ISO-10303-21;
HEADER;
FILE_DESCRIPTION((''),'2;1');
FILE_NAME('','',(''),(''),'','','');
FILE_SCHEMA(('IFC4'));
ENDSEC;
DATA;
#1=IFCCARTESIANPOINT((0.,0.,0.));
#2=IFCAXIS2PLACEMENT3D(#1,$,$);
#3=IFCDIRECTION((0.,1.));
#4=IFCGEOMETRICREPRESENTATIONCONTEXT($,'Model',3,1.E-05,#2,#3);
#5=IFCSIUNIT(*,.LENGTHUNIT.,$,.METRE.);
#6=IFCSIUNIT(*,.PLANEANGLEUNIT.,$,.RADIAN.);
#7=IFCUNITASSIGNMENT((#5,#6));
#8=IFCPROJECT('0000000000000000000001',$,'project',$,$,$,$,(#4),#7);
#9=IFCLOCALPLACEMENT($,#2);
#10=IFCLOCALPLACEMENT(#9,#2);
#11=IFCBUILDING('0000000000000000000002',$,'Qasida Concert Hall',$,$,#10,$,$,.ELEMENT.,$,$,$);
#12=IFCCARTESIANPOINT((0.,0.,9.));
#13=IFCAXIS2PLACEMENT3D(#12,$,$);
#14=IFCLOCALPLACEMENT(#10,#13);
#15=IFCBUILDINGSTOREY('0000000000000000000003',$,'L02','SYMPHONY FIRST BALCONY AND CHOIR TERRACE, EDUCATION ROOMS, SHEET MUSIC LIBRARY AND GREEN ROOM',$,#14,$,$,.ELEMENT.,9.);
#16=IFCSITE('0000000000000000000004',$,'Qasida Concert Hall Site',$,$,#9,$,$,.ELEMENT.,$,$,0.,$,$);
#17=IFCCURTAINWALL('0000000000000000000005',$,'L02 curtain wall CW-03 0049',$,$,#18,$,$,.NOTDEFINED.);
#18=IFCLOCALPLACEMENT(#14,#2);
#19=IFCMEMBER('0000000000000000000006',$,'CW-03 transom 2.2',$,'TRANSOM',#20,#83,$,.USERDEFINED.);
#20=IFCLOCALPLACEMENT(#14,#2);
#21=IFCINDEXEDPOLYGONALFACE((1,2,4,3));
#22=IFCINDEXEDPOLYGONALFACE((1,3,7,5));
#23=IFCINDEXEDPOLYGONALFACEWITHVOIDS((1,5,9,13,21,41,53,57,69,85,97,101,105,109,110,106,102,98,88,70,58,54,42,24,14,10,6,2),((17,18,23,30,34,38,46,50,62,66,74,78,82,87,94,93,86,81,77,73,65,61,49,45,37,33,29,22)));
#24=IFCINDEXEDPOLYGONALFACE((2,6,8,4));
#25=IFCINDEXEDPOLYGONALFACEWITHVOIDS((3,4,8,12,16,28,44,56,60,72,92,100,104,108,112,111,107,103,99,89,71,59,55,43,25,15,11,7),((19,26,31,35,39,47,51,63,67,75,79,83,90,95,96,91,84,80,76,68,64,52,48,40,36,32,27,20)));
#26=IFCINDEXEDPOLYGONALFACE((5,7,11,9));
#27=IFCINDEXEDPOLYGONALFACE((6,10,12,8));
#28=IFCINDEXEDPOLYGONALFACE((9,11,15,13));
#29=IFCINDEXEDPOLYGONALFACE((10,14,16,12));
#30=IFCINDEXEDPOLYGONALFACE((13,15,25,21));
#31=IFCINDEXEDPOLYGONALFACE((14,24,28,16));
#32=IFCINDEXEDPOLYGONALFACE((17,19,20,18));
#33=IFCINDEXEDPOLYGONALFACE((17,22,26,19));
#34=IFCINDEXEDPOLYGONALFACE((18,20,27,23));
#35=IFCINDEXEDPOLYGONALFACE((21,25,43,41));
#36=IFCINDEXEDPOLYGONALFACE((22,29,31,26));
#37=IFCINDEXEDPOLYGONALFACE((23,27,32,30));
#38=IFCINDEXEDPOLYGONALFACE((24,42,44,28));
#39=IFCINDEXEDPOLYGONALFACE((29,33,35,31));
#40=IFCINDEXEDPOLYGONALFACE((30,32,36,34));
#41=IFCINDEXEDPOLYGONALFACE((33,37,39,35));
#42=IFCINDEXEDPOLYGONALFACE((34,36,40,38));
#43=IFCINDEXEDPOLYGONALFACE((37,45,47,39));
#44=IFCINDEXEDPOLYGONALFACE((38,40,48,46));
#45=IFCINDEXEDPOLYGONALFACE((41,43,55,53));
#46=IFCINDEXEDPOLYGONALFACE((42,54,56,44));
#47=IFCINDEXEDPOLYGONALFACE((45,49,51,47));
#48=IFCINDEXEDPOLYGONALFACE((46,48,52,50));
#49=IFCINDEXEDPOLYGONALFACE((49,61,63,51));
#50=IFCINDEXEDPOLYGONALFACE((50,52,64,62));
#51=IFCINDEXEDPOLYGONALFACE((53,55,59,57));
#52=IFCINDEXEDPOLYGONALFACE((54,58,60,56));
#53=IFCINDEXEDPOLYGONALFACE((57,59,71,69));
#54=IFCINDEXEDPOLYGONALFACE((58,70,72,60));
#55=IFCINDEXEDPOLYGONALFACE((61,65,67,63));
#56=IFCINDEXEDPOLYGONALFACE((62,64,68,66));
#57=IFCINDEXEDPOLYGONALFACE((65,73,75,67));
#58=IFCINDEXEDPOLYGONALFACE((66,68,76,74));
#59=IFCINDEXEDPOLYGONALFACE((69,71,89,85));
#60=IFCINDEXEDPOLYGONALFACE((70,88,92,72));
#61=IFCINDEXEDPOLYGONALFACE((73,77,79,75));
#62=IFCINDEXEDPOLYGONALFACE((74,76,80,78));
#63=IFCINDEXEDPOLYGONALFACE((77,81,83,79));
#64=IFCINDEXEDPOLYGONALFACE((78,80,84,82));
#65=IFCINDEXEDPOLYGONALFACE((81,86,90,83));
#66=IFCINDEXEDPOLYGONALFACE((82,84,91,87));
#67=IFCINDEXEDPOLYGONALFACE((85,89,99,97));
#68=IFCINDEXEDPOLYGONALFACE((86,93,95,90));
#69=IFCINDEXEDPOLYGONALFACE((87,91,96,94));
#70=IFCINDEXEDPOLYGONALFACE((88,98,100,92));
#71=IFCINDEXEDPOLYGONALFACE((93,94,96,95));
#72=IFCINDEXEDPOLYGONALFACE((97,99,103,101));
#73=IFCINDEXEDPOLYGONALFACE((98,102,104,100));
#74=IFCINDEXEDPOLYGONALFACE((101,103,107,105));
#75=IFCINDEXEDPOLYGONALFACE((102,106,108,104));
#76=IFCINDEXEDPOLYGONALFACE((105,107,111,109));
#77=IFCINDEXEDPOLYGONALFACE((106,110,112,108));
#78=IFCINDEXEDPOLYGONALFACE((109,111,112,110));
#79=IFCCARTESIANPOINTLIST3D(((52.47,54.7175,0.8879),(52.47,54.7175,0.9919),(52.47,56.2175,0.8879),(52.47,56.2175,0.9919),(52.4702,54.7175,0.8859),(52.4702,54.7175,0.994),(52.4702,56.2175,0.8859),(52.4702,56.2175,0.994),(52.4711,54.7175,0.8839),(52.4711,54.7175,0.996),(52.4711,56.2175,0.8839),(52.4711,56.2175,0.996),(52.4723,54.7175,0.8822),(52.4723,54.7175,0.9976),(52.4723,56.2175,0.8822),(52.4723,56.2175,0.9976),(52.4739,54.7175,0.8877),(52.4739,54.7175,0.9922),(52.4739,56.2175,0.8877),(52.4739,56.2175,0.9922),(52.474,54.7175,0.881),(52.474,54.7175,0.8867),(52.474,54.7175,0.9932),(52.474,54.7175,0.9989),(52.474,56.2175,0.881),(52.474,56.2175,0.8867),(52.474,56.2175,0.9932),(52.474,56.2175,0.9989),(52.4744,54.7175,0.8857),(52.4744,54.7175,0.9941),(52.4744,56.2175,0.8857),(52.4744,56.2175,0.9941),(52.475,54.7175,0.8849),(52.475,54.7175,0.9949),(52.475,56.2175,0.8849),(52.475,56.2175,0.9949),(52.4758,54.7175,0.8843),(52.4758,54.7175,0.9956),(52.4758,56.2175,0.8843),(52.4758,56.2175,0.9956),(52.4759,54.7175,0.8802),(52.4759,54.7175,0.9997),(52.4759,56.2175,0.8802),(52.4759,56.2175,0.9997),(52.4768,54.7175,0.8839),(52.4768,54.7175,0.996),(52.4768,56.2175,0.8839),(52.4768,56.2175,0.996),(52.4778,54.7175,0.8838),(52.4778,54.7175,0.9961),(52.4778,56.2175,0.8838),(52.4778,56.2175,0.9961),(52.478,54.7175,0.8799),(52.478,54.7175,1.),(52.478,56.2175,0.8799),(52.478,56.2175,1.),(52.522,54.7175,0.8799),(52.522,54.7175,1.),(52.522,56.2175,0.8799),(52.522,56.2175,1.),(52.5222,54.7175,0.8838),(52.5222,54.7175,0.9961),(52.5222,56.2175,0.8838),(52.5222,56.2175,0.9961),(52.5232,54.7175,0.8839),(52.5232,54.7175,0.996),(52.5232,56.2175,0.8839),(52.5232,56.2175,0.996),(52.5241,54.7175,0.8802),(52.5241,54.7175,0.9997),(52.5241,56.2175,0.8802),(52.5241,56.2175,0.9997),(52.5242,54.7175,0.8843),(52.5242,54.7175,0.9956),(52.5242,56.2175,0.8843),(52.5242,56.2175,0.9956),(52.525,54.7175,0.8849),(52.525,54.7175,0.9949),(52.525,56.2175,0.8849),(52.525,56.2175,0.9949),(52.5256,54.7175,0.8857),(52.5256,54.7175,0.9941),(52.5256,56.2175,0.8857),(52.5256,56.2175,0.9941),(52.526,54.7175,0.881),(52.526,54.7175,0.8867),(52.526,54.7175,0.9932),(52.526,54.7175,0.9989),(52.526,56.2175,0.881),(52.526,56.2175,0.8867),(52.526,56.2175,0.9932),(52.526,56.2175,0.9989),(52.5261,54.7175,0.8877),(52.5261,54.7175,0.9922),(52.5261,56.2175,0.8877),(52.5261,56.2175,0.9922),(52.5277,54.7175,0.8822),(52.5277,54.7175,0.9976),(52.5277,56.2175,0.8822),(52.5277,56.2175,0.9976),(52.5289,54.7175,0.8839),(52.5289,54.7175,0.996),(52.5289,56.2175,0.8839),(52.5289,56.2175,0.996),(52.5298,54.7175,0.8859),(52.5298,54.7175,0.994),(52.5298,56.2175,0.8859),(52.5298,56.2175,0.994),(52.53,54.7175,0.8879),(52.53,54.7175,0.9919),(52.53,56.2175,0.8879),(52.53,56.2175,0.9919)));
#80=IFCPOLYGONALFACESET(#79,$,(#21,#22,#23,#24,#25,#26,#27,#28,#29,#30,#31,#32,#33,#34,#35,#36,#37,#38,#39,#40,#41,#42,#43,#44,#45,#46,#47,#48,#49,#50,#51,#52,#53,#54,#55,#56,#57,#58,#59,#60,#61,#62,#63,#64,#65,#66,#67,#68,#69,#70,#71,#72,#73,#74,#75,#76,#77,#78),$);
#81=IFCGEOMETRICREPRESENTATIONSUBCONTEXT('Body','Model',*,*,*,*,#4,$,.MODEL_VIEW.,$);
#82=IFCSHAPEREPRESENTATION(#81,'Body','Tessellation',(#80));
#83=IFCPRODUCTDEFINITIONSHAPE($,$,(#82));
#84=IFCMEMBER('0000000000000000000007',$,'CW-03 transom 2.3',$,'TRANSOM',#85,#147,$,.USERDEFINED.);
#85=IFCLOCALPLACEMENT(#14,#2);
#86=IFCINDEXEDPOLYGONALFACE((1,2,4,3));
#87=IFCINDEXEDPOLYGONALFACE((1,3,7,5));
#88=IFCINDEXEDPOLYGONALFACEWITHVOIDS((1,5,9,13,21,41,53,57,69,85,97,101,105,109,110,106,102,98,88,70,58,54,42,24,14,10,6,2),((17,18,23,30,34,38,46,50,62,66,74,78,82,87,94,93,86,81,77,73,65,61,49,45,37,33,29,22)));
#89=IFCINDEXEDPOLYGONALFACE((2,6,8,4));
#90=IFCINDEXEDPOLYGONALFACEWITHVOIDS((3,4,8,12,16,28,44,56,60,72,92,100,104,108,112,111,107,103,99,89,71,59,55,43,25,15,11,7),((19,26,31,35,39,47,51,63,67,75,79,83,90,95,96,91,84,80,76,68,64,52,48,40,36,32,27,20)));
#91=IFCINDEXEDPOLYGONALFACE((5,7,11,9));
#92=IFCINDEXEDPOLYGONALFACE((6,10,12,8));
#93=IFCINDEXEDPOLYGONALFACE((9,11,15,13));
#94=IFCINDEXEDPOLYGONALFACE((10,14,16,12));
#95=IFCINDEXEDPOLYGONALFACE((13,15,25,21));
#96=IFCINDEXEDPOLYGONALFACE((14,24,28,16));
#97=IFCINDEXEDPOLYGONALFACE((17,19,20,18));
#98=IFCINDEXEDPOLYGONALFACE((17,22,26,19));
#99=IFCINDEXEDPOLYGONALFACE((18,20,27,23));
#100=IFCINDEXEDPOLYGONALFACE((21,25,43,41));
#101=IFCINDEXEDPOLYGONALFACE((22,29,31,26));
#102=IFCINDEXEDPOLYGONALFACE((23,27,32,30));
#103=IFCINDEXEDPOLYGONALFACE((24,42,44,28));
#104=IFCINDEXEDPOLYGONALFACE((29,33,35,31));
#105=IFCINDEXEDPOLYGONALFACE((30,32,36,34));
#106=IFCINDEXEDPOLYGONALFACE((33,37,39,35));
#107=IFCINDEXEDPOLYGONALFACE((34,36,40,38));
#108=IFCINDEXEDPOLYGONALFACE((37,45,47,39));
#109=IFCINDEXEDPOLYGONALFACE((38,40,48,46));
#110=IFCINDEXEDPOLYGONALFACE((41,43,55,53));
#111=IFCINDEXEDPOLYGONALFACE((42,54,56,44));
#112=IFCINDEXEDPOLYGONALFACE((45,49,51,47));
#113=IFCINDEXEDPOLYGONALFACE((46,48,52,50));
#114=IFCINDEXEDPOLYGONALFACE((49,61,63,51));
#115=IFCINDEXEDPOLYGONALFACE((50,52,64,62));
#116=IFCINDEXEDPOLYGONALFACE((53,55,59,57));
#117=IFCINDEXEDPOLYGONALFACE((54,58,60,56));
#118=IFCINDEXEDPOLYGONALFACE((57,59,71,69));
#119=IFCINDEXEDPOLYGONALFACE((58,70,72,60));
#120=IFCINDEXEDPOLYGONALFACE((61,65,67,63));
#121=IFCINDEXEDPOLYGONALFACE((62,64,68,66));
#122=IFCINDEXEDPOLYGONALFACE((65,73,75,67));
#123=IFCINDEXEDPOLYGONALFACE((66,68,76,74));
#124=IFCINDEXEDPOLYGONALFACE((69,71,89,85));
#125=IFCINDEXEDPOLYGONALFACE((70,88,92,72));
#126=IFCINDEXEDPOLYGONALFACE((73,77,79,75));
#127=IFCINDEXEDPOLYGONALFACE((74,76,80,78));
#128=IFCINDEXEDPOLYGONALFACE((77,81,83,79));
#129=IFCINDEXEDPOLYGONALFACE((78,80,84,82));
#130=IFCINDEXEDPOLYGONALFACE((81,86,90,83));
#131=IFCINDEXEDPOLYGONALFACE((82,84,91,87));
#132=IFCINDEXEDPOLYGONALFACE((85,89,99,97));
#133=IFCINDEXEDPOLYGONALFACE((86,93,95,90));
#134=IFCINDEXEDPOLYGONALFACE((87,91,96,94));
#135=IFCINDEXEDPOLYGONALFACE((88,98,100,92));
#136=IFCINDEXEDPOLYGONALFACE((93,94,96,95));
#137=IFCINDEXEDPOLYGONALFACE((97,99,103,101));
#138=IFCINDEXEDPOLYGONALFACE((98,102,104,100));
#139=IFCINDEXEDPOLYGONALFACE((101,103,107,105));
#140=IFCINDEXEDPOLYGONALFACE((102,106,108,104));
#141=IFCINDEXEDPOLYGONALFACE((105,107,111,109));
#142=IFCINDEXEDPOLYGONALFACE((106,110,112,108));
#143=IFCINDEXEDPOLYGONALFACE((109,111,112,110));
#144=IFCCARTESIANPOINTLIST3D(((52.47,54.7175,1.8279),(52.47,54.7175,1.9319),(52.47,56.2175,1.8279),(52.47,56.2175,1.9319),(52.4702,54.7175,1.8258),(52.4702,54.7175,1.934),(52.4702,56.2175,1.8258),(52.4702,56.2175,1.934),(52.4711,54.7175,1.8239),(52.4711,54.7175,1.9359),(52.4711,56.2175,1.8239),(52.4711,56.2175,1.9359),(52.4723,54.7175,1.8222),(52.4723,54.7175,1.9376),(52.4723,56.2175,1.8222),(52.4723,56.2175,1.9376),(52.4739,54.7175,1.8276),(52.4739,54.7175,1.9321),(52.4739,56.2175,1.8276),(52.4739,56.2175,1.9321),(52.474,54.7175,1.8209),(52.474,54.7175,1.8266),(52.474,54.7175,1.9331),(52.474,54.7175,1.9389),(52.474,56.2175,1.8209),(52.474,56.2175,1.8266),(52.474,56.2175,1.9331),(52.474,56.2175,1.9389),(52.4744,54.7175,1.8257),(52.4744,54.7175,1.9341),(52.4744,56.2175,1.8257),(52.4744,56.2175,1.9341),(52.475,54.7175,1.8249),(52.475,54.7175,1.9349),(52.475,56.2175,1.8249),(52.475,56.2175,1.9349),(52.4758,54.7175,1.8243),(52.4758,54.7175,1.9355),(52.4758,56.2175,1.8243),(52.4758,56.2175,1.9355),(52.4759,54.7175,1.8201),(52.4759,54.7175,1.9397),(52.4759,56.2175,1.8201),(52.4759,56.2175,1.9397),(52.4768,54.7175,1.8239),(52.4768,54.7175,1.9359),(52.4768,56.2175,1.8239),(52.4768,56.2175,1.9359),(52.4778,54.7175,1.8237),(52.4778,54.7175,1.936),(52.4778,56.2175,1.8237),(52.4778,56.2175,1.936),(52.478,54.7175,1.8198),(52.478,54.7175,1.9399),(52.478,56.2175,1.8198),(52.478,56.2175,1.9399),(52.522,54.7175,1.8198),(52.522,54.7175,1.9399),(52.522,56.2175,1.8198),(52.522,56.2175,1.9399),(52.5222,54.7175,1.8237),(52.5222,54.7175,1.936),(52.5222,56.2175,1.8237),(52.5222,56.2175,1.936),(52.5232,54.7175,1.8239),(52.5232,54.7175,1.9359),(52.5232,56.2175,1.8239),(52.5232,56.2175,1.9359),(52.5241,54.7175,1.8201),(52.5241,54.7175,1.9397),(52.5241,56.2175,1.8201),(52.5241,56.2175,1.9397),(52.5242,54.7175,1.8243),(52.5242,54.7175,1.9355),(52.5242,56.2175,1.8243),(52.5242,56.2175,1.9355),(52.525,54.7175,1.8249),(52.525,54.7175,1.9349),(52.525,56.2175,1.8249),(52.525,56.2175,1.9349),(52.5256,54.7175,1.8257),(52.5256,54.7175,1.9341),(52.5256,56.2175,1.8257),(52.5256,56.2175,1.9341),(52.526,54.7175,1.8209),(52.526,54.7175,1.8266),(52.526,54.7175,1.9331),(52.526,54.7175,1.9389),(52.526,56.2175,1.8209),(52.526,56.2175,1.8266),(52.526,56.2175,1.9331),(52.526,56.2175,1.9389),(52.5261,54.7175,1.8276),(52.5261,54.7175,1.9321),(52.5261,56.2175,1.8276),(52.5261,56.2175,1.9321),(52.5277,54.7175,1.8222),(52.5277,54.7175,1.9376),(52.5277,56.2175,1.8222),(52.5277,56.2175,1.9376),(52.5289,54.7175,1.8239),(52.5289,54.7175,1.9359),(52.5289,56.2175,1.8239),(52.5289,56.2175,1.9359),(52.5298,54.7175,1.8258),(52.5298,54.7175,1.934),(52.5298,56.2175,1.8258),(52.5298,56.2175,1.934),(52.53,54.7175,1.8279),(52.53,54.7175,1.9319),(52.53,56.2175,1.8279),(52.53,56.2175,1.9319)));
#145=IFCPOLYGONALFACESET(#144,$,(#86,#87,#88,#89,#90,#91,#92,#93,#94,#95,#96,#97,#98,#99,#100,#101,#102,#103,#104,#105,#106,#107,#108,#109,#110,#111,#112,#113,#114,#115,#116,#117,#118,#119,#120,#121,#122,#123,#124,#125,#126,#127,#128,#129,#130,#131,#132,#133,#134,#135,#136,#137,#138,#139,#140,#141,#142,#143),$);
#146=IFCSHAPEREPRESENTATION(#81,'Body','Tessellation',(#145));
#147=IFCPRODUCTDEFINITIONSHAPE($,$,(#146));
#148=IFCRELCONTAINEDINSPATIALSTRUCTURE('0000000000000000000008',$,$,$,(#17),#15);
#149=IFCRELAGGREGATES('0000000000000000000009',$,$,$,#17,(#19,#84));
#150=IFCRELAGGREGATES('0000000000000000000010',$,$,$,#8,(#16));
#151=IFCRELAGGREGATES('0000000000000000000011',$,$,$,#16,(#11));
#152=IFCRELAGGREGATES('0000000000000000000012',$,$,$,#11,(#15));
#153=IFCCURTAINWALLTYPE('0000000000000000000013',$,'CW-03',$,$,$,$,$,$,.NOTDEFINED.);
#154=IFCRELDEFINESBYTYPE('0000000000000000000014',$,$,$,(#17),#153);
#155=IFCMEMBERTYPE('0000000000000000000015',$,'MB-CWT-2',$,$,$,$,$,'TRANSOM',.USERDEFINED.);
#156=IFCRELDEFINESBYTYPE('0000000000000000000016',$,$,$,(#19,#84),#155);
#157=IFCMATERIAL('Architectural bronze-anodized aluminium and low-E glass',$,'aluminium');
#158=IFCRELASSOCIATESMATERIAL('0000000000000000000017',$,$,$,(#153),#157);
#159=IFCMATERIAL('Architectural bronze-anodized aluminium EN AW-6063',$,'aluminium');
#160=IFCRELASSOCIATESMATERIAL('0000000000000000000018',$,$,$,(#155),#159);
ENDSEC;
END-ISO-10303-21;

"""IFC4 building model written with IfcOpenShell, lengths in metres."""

from ifc_helpers import new_model, si_unit, direction, frame, origin, origin_2d, place, context, subcontext, project, spatial, hollow_rectangle, extrude, material, material_profile, profile_set, type_object, element, aggregate, save


model = new_model("IFC4")

# Units and contexts
model_context = context("Model", 3, precision=1e-05, world=origin(), true_north=direction((0.0, 1.0)))
body_context = subcontext(model_context, "Body", "Model", "MODEL_VIEW")
ifc_project = project(units=[si_unit("LENGTHUNIT", "METRE"), si_unit("PLANEANGLEUNIT", "RADIAN")], contexts=[model_context])

# Site, building, storey
site_placement = place(None, origin())
site = spatial("IfcSite", under=ifc_project, at=site_placement, Name="Qasida Concert Hall Site", CompositionType="ELEMENT", RefElevation=0.0)
building_placement = place(site_placement, origin())
building = spatial("IfcBuilding", under=site, at=building_placement, Name="Qasida Concert Hall", CompositionType="ELEMENT")
storey_placement = place(building_placement, frame((0.0, 0.0, 9.0)))
storey = spatial("IfcBuildingStorey", under=building, at=storey_placement, Name="L02", Description="SYMPHONY FIRST BALCONY AND CHOIR TERRACE, EDUCATION ROOMS, SHEET MUSIC LIBRARY AND GREEN ROOM", CompositionType="ELEMENT", Elevation=9.0)

# Curtain wall, members
ifc_material_1 = material(Name="Architectural bronze-anodized aluminium and low-E glass", Category="aluminium")
curtain_wall_type = type_object("IfcCurtainWallType", Name="CW-03", PredefinedType="NOTDEFINED", material=ifc_material_1)
curtain_wall_placement = place(storey_placement, origin())
curtain_wall = element("IfcCurtainWall", 1, at=curtain_wall_placement, inside=storey, type_object=curtain_wall_type, Name="L02 curtain wall CW-03 0049", PredefinedType="NOTDEFINED")
ifc_material_2 = material(Name="Architectural bronze-anodized aluminium EN AW-6063", Category="aluminium")
ifc_material_profile = material_profile(ifc_material_2, hollow_rectangle(XDim=0.0601, YDim=0.1201, WallThickness=0.0039, InnerFilletRadius=0.0039, OuterFilletRadius=0.0081, at=origin_2d()), Name="CWT 120x60x4")
ifc_profile_set = profile_set([ifc_material_profile], Name="Architectural bronze-anodized aluminium EN AW-6063")
member_type = type_object("IfcMemberType", Name="MB-CWT-2", ElementType="TRANSOM", PredefinedType="USERDEFINED", material=ifc_profile_set)
member_1_placement = place(storey_placement, frame((52.5, 54.7175, 0.9399), z_axis=(0.0, 1.0, 0.0), x_axis=(-1.0, 0.0, 0.0)))
member_1 = element("IfcMember", 2, at=member_1_placement, type_object=member_type, Name="CW-03 transom 2.2", ObjectType="TRANSOM", PredefinedType="USERDEFINED", context=body_context, shape_type="SweptSolid", body=[
    extrude(hollow_rectangle(XDim=0.0601, YDim=0.1201, WallThickness=0.0039, InnerFilletRadius=0.0039, OuterFilletRadius=0.0081, at=origin_2d()), origin(), (0.0, 0.0, 1.0), 1.5),
])
member_2_placement = place(storey_placement, frame((52.5, 54.7175, 1.8799), z_axis=(0.0, 1.0, 0.0), x_axis=(-1.0, 0.0, 0.0)))
member_2 = element("IfcMember", 3, at=member_2_placement, type_object=member_type, Name="CW-03 transom 2.3", ObjectType="TRANSOM", PredefinedType="USERDEFINED", context=body_context, shape_type="SweptSolid", body=[
    extrude(hollow_rectangle(XDim=0.0601, YDim=0.1201, WallThickness=0.0039, InnerFilletRadius=0.0039, OuterFilletRadius=0.0081, at=origin_2d()), origin(), (0.0, 0.0, 1.0), 1.5),
])
aggregate(curtain_wall, [member_1, member_2])

save(model, "model.ifc")
